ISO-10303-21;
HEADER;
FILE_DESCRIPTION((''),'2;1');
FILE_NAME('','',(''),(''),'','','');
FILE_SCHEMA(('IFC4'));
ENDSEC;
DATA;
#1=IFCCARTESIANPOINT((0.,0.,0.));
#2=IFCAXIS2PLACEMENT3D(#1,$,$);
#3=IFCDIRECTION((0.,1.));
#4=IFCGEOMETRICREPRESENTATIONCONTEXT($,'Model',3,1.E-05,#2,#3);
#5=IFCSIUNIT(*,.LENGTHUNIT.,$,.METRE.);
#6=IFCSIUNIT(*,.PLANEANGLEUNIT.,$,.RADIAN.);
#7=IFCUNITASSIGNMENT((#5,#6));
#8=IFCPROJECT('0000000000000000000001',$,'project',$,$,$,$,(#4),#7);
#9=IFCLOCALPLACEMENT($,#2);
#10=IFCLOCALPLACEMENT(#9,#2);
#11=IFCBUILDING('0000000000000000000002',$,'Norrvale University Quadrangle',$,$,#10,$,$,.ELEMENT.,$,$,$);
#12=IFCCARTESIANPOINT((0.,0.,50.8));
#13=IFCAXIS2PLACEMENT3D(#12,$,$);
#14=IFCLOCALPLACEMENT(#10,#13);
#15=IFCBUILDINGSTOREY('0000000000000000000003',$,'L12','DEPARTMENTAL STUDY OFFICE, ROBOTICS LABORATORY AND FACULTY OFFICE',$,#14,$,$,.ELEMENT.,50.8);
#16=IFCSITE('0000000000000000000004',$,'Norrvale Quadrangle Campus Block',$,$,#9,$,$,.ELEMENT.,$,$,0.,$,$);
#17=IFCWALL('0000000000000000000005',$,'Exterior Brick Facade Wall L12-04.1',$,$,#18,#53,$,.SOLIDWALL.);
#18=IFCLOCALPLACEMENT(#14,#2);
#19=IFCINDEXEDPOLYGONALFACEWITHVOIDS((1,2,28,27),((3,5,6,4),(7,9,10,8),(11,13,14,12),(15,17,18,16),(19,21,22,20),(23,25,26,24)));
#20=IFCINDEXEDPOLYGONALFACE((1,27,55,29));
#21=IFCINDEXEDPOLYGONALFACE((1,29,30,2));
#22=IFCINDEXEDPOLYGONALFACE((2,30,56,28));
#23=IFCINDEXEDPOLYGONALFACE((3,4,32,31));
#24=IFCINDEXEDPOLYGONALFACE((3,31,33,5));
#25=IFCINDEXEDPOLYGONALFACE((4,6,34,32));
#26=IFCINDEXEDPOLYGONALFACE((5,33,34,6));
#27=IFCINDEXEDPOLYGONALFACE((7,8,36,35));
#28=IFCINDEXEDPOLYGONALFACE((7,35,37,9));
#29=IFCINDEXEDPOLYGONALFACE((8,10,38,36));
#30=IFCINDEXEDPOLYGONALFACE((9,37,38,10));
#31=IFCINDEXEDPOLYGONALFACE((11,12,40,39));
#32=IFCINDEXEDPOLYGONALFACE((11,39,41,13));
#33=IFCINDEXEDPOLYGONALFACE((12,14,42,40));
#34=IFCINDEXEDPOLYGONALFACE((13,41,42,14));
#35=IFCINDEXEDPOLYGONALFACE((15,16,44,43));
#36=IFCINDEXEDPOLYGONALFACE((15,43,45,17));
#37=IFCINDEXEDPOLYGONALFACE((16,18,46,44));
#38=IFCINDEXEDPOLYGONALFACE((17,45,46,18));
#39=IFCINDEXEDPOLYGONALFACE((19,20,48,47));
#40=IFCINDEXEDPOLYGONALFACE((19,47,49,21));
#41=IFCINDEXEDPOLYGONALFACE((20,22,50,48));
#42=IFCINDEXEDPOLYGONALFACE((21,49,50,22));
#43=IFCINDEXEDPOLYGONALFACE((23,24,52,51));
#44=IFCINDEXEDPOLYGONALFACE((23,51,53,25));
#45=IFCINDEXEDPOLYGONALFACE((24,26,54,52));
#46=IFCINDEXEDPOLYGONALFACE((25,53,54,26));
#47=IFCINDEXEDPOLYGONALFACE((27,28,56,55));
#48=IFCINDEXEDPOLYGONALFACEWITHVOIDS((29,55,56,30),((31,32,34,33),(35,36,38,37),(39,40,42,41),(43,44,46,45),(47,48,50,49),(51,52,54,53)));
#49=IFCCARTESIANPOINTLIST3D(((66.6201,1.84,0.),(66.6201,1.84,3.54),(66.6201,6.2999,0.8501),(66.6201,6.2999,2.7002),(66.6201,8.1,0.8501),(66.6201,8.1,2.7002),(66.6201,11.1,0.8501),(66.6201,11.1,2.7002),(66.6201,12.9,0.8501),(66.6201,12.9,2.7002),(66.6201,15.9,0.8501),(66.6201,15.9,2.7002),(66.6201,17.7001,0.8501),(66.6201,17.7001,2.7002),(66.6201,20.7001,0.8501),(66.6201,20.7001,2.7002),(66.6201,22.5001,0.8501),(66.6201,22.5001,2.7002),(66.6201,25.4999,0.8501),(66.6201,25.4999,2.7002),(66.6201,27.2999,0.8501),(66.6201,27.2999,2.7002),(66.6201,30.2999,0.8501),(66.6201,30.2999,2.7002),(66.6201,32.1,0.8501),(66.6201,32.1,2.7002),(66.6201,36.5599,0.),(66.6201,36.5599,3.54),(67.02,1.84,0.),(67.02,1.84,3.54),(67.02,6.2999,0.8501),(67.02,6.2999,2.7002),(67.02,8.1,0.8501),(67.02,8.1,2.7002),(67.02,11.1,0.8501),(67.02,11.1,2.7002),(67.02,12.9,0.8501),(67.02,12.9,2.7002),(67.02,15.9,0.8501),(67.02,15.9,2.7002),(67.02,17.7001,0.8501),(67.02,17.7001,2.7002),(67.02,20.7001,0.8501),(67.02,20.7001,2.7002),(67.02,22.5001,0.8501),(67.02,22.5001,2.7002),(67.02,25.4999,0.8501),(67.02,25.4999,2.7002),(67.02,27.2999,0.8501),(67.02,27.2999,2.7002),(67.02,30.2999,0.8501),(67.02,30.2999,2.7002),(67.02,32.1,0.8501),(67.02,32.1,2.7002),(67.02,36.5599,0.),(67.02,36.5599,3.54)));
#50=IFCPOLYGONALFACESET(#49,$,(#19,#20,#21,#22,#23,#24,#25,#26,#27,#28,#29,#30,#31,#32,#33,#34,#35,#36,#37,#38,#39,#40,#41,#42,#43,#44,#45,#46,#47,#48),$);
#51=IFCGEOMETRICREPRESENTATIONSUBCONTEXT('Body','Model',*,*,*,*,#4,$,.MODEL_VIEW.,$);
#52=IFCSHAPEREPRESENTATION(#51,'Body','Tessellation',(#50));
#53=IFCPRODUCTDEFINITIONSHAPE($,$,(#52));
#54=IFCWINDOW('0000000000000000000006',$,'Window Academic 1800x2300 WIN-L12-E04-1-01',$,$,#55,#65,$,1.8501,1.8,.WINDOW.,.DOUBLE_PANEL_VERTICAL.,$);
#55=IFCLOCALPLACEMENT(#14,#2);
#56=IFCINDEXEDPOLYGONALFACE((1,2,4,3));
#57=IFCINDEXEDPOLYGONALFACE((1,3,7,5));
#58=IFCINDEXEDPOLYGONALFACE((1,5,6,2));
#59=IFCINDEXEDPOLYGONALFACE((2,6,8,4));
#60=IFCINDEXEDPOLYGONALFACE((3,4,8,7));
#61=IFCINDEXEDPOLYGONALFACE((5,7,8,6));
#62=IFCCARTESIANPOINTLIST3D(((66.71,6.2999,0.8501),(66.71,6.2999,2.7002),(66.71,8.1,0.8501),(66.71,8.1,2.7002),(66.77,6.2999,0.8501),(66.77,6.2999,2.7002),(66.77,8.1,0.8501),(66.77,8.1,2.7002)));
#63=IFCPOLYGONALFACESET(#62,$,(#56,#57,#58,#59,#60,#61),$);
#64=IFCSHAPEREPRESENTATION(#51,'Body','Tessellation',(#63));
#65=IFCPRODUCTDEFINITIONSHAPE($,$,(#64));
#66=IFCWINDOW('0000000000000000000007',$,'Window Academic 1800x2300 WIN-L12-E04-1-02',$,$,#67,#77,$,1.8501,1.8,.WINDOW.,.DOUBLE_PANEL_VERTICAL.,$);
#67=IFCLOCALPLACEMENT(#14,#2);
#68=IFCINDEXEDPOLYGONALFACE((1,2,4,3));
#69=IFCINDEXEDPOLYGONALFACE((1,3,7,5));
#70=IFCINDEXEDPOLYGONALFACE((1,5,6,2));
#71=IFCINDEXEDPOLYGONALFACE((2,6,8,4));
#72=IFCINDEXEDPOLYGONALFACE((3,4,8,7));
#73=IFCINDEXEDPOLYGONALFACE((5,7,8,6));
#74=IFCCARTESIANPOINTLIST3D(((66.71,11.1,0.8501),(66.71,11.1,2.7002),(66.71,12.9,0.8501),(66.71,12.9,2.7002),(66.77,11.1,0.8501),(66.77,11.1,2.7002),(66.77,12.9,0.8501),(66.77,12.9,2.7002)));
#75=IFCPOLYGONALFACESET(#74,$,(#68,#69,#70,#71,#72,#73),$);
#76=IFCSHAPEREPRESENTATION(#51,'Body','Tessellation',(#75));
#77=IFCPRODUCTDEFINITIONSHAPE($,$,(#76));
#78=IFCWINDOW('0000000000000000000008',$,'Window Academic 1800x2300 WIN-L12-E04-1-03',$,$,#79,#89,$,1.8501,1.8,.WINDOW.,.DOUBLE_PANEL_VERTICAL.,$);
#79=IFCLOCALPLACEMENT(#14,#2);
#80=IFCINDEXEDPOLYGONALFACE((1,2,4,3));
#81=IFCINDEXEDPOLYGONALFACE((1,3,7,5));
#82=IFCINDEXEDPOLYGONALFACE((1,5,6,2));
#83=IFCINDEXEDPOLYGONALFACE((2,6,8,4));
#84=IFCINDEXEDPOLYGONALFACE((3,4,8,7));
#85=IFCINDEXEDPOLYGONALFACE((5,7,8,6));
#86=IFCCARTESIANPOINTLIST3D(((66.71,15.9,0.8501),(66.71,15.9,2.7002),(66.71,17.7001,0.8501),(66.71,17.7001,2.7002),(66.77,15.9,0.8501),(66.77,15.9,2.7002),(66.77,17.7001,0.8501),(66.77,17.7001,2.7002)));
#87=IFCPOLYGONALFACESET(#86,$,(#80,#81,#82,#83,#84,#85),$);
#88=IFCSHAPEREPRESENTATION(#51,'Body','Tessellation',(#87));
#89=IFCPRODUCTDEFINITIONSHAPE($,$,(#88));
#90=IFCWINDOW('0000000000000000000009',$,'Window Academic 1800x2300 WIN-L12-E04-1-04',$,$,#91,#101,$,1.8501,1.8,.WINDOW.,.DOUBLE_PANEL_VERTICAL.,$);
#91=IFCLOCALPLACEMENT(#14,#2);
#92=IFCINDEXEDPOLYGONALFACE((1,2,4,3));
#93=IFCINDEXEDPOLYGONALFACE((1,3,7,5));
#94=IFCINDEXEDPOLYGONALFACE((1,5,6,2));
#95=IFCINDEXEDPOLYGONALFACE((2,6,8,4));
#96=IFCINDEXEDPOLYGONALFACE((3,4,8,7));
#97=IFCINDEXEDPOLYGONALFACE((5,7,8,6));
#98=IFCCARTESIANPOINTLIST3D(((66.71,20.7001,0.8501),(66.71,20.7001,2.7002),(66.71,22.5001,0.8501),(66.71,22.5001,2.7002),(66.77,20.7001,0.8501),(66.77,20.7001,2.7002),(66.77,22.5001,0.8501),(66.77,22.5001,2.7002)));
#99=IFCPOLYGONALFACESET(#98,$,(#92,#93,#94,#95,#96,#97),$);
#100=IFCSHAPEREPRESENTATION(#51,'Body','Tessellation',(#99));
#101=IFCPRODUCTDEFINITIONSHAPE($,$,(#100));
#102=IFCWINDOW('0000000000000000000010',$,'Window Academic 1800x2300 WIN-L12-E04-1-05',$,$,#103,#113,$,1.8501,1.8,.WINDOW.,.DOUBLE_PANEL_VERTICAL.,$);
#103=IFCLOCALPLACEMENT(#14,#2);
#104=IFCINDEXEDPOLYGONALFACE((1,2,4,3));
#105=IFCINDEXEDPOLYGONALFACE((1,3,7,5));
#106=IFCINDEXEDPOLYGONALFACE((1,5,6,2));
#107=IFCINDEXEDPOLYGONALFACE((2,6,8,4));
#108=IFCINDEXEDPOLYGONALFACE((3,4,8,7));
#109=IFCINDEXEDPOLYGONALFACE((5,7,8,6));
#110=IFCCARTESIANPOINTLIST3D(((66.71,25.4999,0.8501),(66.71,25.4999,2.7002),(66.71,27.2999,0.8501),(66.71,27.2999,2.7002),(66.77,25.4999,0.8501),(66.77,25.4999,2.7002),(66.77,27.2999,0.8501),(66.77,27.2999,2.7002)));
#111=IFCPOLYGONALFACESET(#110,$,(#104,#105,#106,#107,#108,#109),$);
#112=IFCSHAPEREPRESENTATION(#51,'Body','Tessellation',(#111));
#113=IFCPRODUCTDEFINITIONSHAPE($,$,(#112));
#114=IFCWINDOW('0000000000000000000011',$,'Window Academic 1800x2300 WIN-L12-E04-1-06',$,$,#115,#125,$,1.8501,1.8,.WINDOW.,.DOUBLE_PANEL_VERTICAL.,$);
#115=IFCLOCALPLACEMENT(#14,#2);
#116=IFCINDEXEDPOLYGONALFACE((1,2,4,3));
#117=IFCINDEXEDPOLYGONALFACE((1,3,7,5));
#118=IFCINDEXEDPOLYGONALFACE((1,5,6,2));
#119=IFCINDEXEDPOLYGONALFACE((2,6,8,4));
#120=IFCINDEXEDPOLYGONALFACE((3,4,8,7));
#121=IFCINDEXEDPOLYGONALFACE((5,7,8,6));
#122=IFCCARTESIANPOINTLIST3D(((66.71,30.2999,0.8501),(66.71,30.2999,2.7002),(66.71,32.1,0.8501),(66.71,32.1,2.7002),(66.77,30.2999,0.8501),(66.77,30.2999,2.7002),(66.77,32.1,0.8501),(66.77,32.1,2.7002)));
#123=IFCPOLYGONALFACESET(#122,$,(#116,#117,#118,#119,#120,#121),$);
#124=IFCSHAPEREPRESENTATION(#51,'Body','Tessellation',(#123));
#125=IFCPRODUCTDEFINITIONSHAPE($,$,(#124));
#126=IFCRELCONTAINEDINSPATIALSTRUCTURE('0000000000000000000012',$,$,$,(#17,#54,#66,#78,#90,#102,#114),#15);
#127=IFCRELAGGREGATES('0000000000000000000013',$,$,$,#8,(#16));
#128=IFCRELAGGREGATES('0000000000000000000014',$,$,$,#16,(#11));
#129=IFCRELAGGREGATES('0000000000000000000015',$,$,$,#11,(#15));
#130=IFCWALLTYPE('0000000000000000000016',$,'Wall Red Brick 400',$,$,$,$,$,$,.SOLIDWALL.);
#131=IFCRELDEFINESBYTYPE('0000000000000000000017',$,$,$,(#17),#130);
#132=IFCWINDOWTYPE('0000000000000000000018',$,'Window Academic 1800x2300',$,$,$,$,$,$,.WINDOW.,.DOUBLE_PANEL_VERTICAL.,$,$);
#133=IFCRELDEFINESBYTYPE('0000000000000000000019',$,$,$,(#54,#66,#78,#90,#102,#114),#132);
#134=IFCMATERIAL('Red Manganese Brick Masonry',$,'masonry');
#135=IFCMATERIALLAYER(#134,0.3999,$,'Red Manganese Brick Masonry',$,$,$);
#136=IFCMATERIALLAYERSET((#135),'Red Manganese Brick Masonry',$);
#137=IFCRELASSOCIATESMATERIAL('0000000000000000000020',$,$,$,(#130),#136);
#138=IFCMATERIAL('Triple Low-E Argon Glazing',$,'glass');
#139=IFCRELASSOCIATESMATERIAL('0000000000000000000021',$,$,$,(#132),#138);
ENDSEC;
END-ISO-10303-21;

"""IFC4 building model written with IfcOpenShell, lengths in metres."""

from ifc_helpers import new_model, si_unit, direction, frame, frame_2d, origin, place, context, subcontext, project, spatial, rectangle, extrude, material, layer, layer_set, type_object, element, fill, save


model = new_model("IFC4")

# Units and contexts
model_context = context("Model", 3, precision=1e-05, world=origin(), true_north=direction((0.0, 1.0)))
body_context = subcontext(model_context, "Body", "Model", "MODEL_VIEW")
ifc_project = project(units=[si_unit("LENGTHUNIT", "METRE"), si_unit("PLANEANGLEUNIT", "RADIAN")], contexts=[model_context])

# Site, building, storey
site_placement = place(None, origin())
site = spatial("IfcSite", under=ifc_project, at=site_placement, Name="Norrvale Quadrangle Campus Block", CompositionType="ELEMENT", RefElevation=0.0)
building_placement = place(site_placement, origin())
building = spatial("IfcBuilding", under=site, at=building_placement, Name="Norrvale University Quadrangle", CompositionType="ELEMENT")
storey_placement = place(building_placement, frame((0.0, 0.0, 50.8)))
storey = spatial("IfcBuildingStorey", under=building, at=storey_placement, Name="L12", Description="DEPARTMENTAL STUDY OFFICE, ROBOTICS LABORATORY AND FACULTY OFFICE", CompositionType="ELEMENT", Elevation=50.8)

# Shared definitions
ifc_material_1 = material(Name="Red Manganese Brick Masonry", Category="masonry")
ifc_layer_1 = layer(ifc_material_1, 0.3999, Name="Red Manganese Brick Masonry")
ifc_layer_set_1 = layer_set([ifc_layer_1], Name="Red Manganese Brick Masonry")
wall_type_1 = type_object("IfcWallType", Name="Wall Red Brick 400", PredefinedType="SOLIDWALL", material=ifc_layer_set_1)

# Wall, openings, windows
wall_1_placement = place(storey_placement, frame((66.8201, 1.8401, 0.0), z_axis=(0.0, 0.0, 1.0), x_axis=(0.0, 1.0, 0.0)))
wall_1 = element("IfcWall", 1, at=wall_1_placement, inside=storey, type_object=wall_type_1, Name="Exterior Brick Facade Wall L12-04.1", PredefinedType="SOLIDWALL", context=body_context, shape_type="SweptSolid", body=[
    extrude(rectangle(XDim=34.72, YDim=0.3999, at=frame_2d((17.3599, 0.0))), origin(), (0.0, 0.0, 1.0), 3.54),
])
opening_1_placement = place(wall_1_placement, frame((4.46, 0.0, 0.8501)))
opening_1 = element("IfcOpeningElement", 2, at=opening_1_placement, cuts=wall_1, PredefinedType="OPENING", context=body_context, shape_type="SweptSolid", body=[
    extrude(rectangle(XDim=1.8, YDim=1.8501, at=frame_2d((0.8999, 0.925))), frame((0.0, 0.2119, 0.0), z_axis=(0.0, -1.0, 0.0), x_axis=(1.0, 0.0, 0.0)), (0.0, 0.0, 1.0), 0.4238),
])
opening_2_placement = place(wall_1_placement, frame((9.26, 0.0, 0.8501)))
opening_2 = element("IfcOpeningElement", 3, at=opening_2_placement, cuts=wall_1, PredefinedType="OPENING", context=body_context, shape_type="SweptSolid", body=[
    extrude(rectangle(XDim=1.8, YDim=1.8501, at=frame_2d((0.8999, 0.925))), frame((0.0, 0.2119, 0.0), z_axis=(0.0, -1.0, 0.0), x_axis=(1.0, 0.0, 0.0)), (0.0, 0.0, 1.0), 0.4238),
])
opening_3_placement = place(wall_1_placement, frame((14.0601, 0.0, 0.8501)))
opening_3 = element("IfcOpeningElement", 4, at=opening_3_placement, cuts=wall_1, PredefinedType="OPENING", context=body_context, shape_type="SweptSolid", body=[
    extrude(rectangle(XDim=1.8, YDim=1.8501, at=frame_2d((0.8999, 0.925))), frame((0.0, 0.2119, 0.0), z_axis=(0.0, -1.0, 0.0), x_axis=(1.0, 0.0, 0.0)), (0.0, 0.0, 1.0), 0.4238),
])
opening_4_placement = place(wall_1_placement, frame((18.8601, 0.0, 0.8501)))
opening_4 = element("IfcOpeningElement", 5, at=opening_4_placement, cuts=wall_1, PredefinedType="OPENING", context=body_context, shape_type="SweptSolid", body=[
    extrude(rectangle(XDim=1.8, YDim=1.8501, at=frame_2d((0.8999, 0.925))), frame((0.0, 0.2119, 0.0), z_axis=(0.0, -1.0, 0.0), x_axis=(1.0, 0.0, 0.0)), (0.0, 0.0, 1.0), 0.4238),
])
opening_5_placement = place(wall_1_placement, frame((23.6599, 0.0, 0.8501)))
opening_5 = element("IfcOpeningElement", 6, at=opening_5_placement, cuts=wall_1, PredefinedType="OPENING", context=body_context, shape_type="SweptSolid", body=[
    extrude(rectangle(XDim=1.8, YDim=1.8501, at=frame_2d((0.8999, 0.925))), frame((0.0, 0.2119, 0.0), z_axis=(0.0, -1.0, 0.0), x_axis=(1.0, 0.0, 0.0)), (0.0, 0.0, 1.0), 0.4238),
])
opening_6_placement = place(wall_1_placement, frame((28.46, 0.0, 0.8501)))
opening_6 = element("IfcOpeningElement", 7, at=opening_6_placement, cuts=wall_1, PredefinedType="OPENING", context=body_context, shape_type="SweptSolid", body=[
    extrude(rectangle(XDim=1.8, YDim=1.8501, at=frame_2d((0.8999, 0.925))), frame((0.0, 0.2119, 0.0), z_axis=(0.0, -1.0, 0.0), x_axis=(1.0, 0.0, 0.0)), (0.0, 0.0, 1.0), 0.4238),
])
ifc_material_2 = material(Name="Triple Low-E Argon Glazing", Category="glass")
window_type = type_object("IfcWindowType", Name="Window Academic 1800x2300", PartitioningType="DOUBLE_PANEL_VERTICAL", PredefinedType="WINDOW", material=ifc_material_2)
window_1_placement = place(opening_1_placement, origin())
window_1 = element("IfcWindow", 8, at=window_1_placement, inside=storey, type_object=window_type, Name="Window Academic 1800x2300 WIN-L12-E04-1-01", OverallHeight=1.8501, OverallWidth=1.8, PartitioningType="DOUBLE_PANEL_VERTICAL", PredefinedType="WINDOW", context=body_context, shape_type="SweptSolid", body=[
    extrude(rectangle(XDim=1.8, YDim=1.8501, at=frame_2d((0.8999, 0.925))), frame((0.0, 0.1101, 0.0), z_axis=(0.0, -1.0, 0.0), x_axis=(1.0, 0.0, 0.0)), (0.0, 0.0, 1.0), 0.0601),
])
fill(opening_1, window_1)
window_2_placement = place(opening_2_placement, origin())
window_2 = element("IfcWindow", 9, at=window_2_placement, inside=storey, type_object=window_type, Name="Window Academic 1800x2300 WIN-L12-E04-1-02", OverallHeight=1.8501, OverallWidth=1.8, PartitioningType="DOUBLE_PANEL_VERTICAL", PredefinedType="WINDOW", context=body_context, shape_type="SweptSolid", body=[
    extrude(rectangle(XDim=1.8, YDim=1.8501, at=frame_2d((0.8999, 0.925))), frame((0.0, 0.1101, 0.0), z_axis=(0.0, -1.0, 0.0), x_axis=(1.0, 0.0, 0.0)), (0.0, 0.0, 1.0), 0.0601),
])
fill(opening_2, window_2)
window_3_placement = place(opening_3_placement, origin())
window_3 = element("IfcWindow", 10, at=window_3_placement, inside=storey, type_object=window_type, Name="Window Academic 1800x2300 WIN-L12-E04-1-03", OverallHeight=1.8501, OverallWidth=1.8, PartitioningType="DOUBLE_PANEL_VERTICAL", PredefinedType="WINDOW", context=body_context, shape_type="SweptSolid", body=[
    extrude(rectangle(XDim=1.8, YDim=1.8501, at=frame_2d((0.8999, 0.925))), frame((0.0, 0.1101, 0.0), z_axis=(0.0, -1.0, 0.0), x_axis=(1.0, 0.0, 0.0)), (0.0, 0.0, 1.0), 0.0601),
])
fill(opening_3, window_3)
window_4_placement = place(opening_4_placement, origin())
window_4 = element("IfcWindow", 11, at=window_4_placement, inside=storey, type_object=window_type, Name="Window Academic 1800x2300 WIN-L12-E04-1-04", OverallHeight=1.8501, OverallWidth=1.8, PartitioningType="DOUBLE_PANEL_VERTICAL", PredefinedType="WINDOW", context=body_context, shape_type="SweptSolid", body=[
    extrude(rectangle(XDim=1.8, YDim=1.8501, at=frame_2d((0.8999, 0.925))), frame((0.0, 0.1101, 0.0), z_axis=(0.0, -1.0, 0.0), x_axis=(1.0, 0.0, 0.0)), (0.0, 0.0, 1.0), 0.0601),
])
fill(opening_4, window_4)
window_5_placement = place(opening_5_placement, origin())
window_5 = element("IfcWindow", 12, at=window_5_placement, inside=storey, type_object=window_type, Name="Window Academic 1800x2300 WIN-L12-E04-1-05", OverallHeight=1.8501, OverallWidth=1.8, PartitioningType="DOUBLE_PANEL_VERTICAL", PredefinedType="WINDOW", context=body_context, shape_type="SweptSolid", body=[
    extrude(rectangle(XDim=1.8, YDim=1.8501, at=frame_2d((0.8999, 0.925))), frame((0.0, 0.1101, 0.0), z_axis=(0.0, -1.0, 0.0), x_axis=(1.0, 0.0, 0.0)), (0.0, 0.0, 1.0), 0.0601),
])
fill(opening_5, window_5)
window_6_placement = place(opening_6_placement, origin())
window_6 = element("IfcWindow", 13, at=window_6_placement, inside=storey, type_object=window_type, Name="Window Academic 1800x2300 WIN-L12-E04-1-06", OverallHeight=1.8501, OverallWidth=1.8, PartitioningType="DOUBLE_PANEL_VERTICAL", PredefinedType="WINDOW", context=body_context, shape_type="SweptSolid", body=[
    extrude(rectangle(XDim=1.8, YDim=1.8501, at=frame_2d((0.8999, 0.925))), frame((0.0, 0.1101, 0.0), z_axis=(0.0, -1.0, 0.0), x_axis=(1.0, 0.0, 0.0)), (0.0, 0.0, 1.0), 0.0601),
])
fill(opening_6, window_6)

save(model, "model.ifc")
